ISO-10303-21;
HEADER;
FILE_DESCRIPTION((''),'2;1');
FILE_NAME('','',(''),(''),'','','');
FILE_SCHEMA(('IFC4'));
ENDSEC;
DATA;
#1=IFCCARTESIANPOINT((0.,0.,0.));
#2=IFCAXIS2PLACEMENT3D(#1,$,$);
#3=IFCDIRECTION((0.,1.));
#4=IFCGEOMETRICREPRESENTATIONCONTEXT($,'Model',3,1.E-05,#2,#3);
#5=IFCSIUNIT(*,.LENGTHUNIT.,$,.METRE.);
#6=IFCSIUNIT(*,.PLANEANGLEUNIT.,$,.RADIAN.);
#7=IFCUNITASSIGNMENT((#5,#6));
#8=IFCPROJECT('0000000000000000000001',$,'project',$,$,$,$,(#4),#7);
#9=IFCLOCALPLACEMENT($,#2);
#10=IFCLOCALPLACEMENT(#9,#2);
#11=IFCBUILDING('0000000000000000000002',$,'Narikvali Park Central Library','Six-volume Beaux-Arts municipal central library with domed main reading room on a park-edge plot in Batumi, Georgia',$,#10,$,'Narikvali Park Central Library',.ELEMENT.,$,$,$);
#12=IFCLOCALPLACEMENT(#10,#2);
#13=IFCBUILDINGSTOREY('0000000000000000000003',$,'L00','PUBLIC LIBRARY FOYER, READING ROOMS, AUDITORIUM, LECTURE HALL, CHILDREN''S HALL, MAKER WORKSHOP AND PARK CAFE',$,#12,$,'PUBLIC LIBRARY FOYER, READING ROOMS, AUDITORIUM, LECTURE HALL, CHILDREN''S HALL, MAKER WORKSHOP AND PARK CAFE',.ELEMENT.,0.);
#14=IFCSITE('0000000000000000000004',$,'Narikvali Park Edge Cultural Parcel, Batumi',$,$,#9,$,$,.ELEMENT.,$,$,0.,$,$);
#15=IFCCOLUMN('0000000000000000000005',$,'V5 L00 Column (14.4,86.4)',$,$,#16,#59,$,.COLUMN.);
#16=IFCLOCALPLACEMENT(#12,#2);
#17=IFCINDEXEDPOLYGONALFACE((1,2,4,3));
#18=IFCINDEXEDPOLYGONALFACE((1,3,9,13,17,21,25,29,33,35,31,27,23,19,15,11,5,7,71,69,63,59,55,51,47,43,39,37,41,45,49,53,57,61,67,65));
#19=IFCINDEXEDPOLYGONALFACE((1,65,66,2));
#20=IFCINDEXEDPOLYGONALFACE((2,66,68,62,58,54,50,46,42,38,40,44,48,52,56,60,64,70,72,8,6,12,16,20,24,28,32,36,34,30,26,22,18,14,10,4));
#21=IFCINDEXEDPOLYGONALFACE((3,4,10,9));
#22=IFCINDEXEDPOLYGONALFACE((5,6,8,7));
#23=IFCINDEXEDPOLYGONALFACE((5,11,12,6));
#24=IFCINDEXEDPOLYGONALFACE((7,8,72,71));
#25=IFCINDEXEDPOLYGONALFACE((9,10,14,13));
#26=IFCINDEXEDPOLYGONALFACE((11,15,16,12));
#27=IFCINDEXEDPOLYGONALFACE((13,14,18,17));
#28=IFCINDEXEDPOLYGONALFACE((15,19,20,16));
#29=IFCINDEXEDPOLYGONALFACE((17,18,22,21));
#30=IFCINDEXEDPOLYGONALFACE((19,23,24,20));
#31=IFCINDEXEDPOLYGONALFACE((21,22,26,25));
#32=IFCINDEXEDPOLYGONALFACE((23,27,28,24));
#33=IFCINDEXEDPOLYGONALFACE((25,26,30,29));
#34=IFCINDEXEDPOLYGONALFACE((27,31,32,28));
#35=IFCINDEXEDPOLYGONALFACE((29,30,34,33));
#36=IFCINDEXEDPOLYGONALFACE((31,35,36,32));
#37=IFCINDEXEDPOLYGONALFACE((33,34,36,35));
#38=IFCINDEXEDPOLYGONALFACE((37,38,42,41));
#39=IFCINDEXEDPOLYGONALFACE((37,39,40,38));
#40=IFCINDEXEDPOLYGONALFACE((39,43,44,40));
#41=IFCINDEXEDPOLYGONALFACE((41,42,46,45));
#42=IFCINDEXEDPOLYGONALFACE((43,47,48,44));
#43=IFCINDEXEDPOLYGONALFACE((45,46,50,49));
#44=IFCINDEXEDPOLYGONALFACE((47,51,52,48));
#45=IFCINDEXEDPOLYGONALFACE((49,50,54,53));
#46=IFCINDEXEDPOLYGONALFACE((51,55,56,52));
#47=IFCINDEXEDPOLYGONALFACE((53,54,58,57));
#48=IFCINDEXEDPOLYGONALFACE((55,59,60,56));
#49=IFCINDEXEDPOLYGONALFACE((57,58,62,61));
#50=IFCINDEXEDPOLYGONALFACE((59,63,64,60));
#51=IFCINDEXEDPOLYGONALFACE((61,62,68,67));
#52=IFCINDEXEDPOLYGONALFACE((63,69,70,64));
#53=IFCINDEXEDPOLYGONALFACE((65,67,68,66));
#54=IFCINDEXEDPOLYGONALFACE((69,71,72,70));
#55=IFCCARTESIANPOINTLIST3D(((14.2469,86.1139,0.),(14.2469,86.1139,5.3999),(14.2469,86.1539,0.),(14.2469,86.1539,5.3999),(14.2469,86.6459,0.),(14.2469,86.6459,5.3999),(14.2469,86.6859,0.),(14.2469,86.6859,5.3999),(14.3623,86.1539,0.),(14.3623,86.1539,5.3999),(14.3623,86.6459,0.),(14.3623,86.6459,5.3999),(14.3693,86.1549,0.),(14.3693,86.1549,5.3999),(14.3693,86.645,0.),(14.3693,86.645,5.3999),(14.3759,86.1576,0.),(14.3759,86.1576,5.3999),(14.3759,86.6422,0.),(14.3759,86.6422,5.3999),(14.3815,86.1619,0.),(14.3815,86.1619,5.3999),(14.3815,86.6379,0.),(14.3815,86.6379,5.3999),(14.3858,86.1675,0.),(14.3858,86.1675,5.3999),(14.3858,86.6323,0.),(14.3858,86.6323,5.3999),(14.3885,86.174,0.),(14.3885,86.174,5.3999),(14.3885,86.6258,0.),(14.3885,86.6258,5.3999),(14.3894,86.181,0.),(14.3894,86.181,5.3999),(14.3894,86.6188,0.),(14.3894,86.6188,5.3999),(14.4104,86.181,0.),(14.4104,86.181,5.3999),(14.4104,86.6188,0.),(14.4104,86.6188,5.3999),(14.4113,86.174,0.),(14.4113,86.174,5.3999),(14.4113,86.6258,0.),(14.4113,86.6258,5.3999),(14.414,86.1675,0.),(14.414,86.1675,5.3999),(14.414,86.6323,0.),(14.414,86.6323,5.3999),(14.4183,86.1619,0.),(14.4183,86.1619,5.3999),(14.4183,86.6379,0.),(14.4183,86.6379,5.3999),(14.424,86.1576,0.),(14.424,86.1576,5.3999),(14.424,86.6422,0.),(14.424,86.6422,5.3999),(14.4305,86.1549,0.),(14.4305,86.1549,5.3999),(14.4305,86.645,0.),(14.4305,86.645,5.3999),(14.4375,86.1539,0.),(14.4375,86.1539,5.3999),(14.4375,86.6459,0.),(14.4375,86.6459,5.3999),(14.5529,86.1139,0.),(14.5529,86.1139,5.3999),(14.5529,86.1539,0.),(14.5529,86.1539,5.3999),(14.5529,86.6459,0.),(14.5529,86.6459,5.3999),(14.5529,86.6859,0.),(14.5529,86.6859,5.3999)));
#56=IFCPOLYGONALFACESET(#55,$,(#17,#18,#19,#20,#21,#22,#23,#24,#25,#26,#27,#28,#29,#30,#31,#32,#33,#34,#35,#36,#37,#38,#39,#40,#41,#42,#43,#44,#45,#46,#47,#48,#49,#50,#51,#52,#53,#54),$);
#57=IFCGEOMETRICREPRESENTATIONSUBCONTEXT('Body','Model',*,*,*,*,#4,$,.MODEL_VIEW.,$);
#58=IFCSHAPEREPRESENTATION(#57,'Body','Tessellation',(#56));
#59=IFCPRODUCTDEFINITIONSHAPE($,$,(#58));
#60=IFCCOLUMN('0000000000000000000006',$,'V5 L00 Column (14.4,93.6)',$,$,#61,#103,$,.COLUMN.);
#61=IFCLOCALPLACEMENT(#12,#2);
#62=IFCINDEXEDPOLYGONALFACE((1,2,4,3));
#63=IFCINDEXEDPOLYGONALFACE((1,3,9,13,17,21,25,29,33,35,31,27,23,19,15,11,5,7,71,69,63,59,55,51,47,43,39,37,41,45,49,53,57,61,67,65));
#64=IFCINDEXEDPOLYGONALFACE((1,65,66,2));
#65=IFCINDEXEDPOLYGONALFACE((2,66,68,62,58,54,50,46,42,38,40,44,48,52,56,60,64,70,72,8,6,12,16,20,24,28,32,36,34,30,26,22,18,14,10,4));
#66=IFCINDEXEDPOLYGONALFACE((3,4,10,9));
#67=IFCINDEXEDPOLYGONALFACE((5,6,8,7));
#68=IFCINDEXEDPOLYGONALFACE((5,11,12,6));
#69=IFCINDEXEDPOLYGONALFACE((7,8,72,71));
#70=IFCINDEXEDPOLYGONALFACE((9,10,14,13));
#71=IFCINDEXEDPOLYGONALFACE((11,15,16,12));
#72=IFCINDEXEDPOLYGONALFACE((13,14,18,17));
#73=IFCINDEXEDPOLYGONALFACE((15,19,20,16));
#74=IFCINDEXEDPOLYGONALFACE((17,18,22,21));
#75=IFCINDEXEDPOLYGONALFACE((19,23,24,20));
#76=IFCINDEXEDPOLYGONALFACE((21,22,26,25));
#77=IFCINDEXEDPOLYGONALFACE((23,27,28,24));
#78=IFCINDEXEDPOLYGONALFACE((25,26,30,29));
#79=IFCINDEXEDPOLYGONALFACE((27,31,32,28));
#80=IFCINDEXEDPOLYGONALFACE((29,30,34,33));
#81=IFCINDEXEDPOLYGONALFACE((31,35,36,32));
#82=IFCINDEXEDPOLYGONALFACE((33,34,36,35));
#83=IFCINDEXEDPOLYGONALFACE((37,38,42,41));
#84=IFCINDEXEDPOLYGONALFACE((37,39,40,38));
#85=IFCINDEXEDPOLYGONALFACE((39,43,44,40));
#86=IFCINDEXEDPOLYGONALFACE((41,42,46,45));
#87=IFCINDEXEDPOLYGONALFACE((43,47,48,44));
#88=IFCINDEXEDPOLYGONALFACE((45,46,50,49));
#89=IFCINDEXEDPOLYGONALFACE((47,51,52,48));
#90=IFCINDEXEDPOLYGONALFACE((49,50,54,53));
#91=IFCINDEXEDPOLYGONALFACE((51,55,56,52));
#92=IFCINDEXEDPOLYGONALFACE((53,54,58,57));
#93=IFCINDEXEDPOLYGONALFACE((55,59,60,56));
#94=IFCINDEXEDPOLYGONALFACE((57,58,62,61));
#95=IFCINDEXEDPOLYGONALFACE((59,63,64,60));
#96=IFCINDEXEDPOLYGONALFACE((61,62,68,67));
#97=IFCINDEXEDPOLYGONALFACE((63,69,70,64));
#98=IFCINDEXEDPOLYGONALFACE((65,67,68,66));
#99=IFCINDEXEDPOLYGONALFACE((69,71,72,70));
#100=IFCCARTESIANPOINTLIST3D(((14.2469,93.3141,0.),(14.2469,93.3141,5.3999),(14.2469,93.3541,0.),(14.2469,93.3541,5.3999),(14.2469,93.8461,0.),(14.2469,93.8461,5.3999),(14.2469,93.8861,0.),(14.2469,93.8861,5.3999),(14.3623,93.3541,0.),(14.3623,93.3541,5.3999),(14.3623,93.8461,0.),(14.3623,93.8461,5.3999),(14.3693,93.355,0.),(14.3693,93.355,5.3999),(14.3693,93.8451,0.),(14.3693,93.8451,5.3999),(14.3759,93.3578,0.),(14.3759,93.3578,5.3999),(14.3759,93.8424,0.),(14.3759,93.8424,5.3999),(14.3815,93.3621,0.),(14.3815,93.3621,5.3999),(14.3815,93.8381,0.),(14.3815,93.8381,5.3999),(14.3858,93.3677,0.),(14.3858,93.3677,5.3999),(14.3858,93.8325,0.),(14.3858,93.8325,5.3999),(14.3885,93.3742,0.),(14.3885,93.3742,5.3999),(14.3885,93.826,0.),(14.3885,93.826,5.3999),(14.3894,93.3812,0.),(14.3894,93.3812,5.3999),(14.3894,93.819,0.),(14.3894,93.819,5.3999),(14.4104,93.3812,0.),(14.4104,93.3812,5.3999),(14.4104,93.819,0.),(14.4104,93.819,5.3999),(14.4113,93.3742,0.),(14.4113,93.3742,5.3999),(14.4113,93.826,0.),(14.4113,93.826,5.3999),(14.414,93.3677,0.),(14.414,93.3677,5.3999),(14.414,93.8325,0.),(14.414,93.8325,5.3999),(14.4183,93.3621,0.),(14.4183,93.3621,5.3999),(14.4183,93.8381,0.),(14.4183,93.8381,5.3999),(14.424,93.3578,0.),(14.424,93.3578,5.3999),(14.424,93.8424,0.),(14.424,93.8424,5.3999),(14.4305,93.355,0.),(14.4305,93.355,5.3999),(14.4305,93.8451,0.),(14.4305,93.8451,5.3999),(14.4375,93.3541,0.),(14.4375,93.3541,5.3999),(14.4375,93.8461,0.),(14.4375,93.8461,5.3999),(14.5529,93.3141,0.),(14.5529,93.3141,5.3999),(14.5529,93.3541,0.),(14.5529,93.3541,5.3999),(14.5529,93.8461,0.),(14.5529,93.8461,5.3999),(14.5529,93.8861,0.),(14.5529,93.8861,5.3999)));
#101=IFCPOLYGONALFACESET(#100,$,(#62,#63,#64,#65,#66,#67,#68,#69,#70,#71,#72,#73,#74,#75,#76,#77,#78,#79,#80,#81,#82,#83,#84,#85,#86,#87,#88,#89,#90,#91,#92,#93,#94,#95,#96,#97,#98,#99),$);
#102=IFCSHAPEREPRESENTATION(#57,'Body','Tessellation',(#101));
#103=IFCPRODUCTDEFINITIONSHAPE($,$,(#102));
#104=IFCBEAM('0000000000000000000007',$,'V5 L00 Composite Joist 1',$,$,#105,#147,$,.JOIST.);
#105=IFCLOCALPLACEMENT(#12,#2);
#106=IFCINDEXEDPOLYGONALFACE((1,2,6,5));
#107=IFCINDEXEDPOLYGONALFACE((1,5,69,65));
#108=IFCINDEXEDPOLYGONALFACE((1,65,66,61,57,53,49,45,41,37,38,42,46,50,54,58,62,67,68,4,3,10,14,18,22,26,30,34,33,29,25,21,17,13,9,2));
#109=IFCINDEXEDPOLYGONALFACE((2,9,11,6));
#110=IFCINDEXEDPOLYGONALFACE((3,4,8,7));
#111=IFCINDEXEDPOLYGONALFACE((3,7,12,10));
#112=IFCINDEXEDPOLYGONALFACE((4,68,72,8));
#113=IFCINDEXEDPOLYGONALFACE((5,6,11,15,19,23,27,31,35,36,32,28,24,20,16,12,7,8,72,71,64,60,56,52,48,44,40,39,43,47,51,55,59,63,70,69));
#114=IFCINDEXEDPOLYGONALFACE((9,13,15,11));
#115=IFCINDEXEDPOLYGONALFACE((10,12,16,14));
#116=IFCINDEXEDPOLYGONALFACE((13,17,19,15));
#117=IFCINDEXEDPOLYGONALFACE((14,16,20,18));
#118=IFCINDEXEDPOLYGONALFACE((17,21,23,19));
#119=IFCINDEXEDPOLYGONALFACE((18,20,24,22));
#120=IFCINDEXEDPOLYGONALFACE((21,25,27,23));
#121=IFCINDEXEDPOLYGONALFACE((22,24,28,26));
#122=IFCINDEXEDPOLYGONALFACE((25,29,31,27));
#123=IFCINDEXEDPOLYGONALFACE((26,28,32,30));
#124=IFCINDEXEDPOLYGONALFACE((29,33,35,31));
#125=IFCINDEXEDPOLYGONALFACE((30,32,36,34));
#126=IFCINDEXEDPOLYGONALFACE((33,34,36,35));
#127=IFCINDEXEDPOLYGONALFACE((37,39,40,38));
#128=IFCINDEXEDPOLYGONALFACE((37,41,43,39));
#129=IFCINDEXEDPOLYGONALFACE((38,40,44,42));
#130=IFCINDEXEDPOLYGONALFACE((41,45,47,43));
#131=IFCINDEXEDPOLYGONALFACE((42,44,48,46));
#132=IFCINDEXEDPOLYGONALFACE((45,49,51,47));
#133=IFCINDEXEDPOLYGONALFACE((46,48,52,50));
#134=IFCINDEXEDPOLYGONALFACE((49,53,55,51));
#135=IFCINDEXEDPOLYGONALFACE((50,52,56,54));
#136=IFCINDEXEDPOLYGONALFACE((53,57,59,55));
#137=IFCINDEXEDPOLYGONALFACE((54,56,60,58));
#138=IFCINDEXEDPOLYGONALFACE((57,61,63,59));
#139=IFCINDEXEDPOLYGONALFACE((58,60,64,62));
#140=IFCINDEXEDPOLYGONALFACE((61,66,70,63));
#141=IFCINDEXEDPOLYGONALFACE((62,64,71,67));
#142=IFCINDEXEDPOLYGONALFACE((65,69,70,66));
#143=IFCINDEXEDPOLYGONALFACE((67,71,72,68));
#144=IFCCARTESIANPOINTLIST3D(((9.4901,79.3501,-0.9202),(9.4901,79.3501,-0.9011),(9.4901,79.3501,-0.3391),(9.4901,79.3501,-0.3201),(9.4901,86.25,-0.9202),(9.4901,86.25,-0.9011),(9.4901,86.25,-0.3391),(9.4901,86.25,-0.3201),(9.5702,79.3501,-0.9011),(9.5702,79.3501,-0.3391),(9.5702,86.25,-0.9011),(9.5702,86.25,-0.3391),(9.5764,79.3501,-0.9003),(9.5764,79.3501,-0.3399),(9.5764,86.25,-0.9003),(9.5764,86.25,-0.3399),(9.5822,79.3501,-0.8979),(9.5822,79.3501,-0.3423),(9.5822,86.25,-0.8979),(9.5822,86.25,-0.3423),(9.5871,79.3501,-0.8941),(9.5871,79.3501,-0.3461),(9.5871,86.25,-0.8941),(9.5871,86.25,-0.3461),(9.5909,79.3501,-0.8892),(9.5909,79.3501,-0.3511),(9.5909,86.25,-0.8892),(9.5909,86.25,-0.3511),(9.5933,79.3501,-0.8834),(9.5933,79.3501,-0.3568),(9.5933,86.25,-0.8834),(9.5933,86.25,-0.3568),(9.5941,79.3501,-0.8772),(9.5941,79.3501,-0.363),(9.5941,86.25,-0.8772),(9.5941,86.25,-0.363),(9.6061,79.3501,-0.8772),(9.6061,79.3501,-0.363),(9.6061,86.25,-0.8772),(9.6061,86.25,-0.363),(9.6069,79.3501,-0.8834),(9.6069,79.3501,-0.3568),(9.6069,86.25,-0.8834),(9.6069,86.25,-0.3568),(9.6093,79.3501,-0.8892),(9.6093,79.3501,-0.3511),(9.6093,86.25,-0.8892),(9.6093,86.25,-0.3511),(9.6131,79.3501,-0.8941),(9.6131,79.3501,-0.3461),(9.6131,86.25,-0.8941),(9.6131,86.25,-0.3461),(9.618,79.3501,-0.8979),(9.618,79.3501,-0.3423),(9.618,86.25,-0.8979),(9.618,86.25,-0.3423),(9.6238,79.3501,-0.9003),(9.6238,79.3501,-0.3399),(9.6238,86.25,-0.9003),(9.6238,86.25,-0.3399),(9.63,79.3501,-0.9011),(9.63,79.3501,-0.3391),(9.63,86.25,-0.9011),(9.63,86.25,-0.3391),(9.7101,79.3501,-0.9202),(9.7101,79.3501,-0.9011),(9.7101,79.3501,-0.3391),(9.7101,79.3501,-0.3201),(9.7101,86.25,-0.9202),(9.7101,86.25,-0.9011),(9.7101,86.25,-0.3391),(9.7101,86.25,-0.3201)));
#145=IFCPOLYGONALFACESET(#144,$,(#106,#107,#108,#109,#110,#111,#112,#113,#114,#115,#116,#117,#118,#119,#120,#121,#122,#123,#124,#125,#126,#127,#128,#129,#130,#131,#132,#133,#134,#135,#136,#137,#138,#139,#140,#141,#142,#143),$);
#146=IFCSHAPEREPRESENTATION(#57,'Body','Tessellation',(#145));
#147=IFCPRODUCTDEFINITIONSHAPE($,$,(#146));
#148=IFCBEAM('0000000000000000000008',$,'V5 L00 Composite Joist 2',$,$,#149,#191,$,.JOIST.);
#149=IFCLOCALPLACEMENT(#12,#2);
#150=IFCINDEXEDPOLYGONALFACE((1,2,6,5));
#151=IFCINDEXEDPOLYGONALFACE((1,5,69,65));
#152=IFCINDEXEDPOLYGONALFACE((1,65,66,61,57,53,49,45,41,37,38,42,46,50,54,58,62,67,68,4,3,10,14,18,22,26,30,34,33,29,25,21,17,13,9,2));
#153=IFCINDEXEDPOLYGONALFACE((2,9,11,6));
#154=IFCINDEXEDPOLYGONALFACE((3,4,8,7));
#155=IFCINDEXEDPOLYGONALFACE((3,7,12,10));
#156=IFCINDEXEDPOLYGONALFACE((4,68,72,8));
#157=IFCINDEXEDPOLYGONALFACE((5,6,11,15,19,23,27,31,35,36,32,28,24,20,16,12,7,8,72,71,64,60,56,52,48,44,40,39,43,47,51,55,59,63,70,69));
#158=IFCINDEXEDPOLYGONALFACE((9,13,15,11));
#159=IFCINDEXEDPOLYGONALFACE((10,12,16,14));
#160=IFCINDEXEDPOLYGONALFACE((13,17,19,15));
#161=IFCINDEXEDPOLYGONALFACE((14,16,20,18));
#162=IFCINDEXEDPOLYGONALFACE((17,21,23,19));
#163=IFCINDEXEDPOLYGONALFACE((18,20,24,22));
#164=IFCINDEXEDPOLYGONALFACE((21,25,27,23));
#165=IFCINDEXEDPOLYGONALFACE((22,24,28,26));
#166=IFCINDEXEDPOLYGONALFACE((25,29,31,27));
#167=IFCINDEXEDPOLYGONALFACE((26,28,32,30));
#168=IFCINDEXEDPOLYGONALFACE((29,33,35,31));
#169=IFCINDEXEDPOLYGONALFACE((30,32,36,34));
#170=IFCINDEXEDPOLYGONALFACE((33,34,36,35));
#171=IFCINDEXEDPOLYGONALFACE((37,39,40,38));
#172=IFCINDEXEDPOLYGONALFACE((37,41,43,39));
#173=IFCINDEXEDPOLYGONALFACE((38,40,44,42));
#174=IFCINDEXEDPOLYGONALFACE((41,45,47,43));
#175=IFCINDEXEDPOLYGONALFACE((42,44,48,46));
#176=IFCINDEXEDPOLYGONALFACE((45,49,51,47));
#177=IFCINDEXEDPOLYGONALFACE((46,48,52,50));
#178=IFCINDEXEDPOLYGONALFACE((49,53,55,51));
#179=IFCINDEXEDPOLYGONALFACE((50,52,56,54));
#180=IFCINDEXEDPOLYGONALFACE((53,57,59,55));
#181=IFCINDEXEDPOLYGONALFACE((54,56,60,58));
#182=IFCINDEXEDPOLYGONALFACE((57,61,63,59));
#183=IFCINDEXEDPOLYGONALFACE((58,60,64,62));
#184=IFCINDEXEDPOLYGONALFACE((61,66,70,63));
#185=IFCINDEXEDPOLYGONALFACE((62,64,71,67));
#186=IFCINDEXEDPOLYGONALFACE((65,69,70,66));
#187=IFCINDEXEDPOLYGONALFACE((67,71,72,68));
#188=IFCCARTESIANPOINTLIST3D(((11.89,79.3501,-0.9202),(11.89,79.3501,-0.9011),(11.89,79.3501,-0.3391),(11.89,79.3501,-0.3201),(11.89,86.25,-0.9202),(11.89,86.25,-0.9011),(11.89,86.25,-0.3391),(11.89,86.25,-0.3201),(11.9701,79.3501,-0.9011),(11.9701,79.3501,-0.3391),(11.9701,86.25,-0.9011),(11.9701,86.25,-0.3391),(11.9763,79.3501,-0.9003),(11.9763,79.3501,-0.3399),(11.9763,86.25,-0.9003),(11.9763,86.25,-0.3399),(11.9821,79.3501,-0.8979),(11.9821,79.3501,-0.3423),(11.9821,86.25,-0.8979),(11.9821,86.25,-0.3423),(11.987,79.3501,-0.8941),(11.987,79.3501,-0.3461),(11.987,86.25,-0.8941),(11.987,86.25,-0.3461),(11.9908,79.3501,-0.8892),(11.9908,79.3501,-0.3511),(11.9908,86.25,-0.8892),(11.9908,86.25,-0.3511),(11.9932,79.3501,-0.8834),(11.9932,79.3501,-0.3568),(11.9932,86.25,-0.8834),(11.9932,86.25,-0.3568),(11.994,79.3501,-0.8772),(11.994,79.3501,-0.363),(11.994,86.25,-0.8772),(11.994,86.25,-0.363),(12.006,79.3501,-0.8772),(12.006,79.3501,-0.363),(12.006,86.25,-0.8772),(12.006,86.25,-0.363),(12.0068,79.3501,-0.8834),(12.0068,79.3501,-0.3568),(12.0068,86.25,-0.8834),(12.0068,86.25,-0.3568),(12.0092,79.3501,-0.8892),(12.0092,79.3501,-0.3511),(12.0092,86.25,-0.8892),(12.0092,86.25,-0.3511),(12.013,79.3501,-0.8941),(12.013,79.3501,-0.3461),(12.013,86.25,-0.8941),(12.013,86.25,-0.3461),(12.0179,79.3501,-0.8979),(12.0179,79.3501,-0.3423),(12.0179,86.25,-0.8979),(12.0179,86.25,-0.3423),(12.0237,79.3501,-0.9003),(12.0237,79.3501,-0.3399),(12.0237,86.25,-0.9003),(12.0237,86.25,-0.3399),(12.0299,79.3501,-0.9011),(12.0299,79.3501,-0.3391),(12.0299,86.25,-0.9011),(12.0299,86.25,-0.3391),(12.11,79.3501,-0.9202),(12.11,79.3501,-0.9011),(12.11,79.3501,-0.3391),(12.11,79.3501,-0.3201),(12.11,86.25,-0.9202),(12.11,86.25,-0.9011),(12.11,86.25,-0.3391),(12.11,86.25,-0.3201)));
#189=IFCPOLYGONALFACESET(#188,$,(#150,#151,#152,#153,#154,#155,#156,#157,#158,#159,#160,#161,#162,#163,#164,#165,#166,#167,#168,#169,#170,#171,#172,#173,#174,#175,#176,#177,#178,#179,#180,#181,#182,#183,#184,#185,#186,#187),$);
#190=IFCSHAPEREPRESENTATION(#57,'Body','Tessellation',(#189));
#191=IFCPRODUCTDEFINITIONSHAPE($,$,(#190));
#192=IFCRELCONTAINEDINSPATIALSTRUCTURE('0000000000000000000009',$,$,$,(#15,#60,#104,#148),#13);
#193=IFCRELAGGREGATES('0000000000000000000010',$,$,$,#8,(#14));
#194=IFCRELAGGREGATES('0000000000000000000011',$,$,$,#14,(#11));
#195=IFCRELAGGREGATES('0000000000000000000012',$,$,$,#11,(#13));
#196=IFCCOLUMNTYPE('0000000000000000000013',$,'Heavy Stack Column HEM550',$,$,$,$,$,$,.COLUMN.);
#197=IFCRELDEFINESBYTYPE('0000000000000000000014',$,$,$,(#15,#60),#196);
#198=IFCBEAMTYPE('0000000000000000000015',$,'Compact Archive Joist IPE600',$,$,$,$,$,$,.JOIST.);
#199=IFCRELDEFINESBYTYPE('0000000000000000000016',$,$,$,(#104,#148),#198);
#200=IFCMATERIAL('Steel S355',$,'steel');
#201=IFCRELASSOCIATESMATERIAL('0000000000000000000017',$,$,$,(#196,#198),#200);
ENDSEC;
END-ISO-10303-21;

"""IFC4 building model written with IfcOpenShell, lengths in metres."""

from ifc_helpers import new_model, si_unit, direction, frame, origin, origin_2d, place, context, subcontext, project, spatial, i_section, extrude, material, material_profile, profile_set, type_object, element, save


model = new_model("IFC4")

# Units and contexts
model_context = context("Model", 3, precision=1e-05, world=origin(), true_north=direction((0.0, 1.0)))
body_context = subcontext(model_context, "Body", "Model", "MODEL_VIEW")
ifc_project = project(units=[si_unit("LENGTHUNIT", "METRE"), si_unit("PLANEANGLEUNIT", "RADIAN")], contexts=[model_context])

# Site, building, storey
site_placement = place(None, origin())
site = spatial("IfcSite", under=ifc_project, at=site_placement, Name="Narikvali Park Edge Cultural Parcel, Batumi", CompositionType="ELEMENT", RefElevation=0.0)
building_placement = place(site_placement, origin())
building = spatial("IfcBuilding", under=site, at=building_placement, Name="Narikvali Park Central Library", Description="Six-volume Beaux-Arts municipal central library with domed main reading room on a park-edge plot in Batumi, Georgia", LongName="Narikvali Park Central Library", CompositionType="ELEMENT")
storey_placement = place(building_placement, origin())
storey = spatial("IfcBuildingStorey", under=building, at=storey_placement, Name="L00", Description="PUBLIC LIBRARY FOYER, READING ROOMS, AUDITORIUM, LECTURE HALL, CHILDREN'S HALL, MAKER WORKSHOP AND PARK CAFE", LongName="PUBLIC LIBRARY FOYER, READING ROOMS, AUDITORIUM, LECTURE HALL, CHILDREN'S HALL, MAKER WORKSHOP AND PARK CAFE", CompositionType="ELEMENT", Elevation=0.0)

# Columns
ifc_material_1 = material(Name="Steel S355", Category="steel")
ifc_material_profile_1 = material_profile(ifc_material_1, i_section(OverallWidth=0.3059, OverallDepth=0.572, WebThickness=0.021, FlangeThickness=0.04, FilletRadius=0.0271, at=origin_2d()), Name="HEM 550")
ifc_profile_set_1 = profile_set([ifc_material_profile_1], Name="Steel S355")
column_type = type_object("IfcColumnType", Name="Heavy Stack Column HEM550", PredefinedType="COLUMN", material=ifc_profile_set_1)
for number, where, z_axis, x_axis, name in (
    (1, (14.3999, 86.3999, 0.0), (0.0, 0.0, 1.0), (1.0, 0.0, 0.0), "V5 L00 Column (14.4,86.4)"),
    (2, (14.3999, 93.6001, 0.0), (0.0, 0.0, 1.0), (1.0, 0.0, 0.0), "V5 L00 Column (14.4,93.6)"),
):
    element("IfcColumn", number, at=place(storey_placement, frame(where, z_axis=z_axis, x_axis=x_axis)), inside=storey, type_object=column_type, Name=name, PredefinedType="COLUMN", context=body_context, shape_type="SweptSolid", body=[
        extrude(i_section(OverallWidth=0.3059, OverallDepth=0.572, WebThickness=0.021, FlangeThickness=0.04, FilletRadius=0.0271, at=origin_2d()), origin(), (0.0, 0.0, 1.0), 5.3999),
    ])

# Beams
ifc_material_profile_2 = material_profile(ifc_material_1, i_section(OverallWidth=0.22, OverallDepth=0.6001, WebThickness=0.012, FlangeThickness=0.019, FilletRadius=0.0239, at=origin_2d()), Name="IPE 600")
ifc_profile_set_2 = profile_set([ifc_material_profile_2], Name="Steel S355")
beam_type_1 = type_object("IfcBeamType", Name="Compact Archive Joist IPE600", PredefinedType="JOIST", material=ifc_profile_set_2)
for number, where, z_axis, x_axis, name in (
    (3, (9.6001, 79.3501, -0.6201), (0.0, 1.0, 0.0), (-1.0, 0.0, 0.0), "V5 L00 Composite Joist 1"),
    (4, (12.0, 79.3501, -0.6201), (0.0, 1.0, 0.0), (-1.0, 0.0, 0.0), "V5 L00 Composite Joist 2"),
):
    element("IfcBeam", number, at=place(storey_placement, frame(where, z_axis=z_axis, x_axis=x_axis)), inside=storey, type_object=beam_type_1, Name=name, PredefinedType="JOIST", context=body_context, shape_type="SweptSolid", body=[
        extrude(i_section(OverallWidth=0.22, OverallDepth=0.6001, WebThickness=0.012, FlangeThickness=0.019, FilletRadius=0.0239, at=origin_2d()), origin(), (0.0, 0.0, 1.0), 6.8999),
    ])

save(model, "model.ifc")
